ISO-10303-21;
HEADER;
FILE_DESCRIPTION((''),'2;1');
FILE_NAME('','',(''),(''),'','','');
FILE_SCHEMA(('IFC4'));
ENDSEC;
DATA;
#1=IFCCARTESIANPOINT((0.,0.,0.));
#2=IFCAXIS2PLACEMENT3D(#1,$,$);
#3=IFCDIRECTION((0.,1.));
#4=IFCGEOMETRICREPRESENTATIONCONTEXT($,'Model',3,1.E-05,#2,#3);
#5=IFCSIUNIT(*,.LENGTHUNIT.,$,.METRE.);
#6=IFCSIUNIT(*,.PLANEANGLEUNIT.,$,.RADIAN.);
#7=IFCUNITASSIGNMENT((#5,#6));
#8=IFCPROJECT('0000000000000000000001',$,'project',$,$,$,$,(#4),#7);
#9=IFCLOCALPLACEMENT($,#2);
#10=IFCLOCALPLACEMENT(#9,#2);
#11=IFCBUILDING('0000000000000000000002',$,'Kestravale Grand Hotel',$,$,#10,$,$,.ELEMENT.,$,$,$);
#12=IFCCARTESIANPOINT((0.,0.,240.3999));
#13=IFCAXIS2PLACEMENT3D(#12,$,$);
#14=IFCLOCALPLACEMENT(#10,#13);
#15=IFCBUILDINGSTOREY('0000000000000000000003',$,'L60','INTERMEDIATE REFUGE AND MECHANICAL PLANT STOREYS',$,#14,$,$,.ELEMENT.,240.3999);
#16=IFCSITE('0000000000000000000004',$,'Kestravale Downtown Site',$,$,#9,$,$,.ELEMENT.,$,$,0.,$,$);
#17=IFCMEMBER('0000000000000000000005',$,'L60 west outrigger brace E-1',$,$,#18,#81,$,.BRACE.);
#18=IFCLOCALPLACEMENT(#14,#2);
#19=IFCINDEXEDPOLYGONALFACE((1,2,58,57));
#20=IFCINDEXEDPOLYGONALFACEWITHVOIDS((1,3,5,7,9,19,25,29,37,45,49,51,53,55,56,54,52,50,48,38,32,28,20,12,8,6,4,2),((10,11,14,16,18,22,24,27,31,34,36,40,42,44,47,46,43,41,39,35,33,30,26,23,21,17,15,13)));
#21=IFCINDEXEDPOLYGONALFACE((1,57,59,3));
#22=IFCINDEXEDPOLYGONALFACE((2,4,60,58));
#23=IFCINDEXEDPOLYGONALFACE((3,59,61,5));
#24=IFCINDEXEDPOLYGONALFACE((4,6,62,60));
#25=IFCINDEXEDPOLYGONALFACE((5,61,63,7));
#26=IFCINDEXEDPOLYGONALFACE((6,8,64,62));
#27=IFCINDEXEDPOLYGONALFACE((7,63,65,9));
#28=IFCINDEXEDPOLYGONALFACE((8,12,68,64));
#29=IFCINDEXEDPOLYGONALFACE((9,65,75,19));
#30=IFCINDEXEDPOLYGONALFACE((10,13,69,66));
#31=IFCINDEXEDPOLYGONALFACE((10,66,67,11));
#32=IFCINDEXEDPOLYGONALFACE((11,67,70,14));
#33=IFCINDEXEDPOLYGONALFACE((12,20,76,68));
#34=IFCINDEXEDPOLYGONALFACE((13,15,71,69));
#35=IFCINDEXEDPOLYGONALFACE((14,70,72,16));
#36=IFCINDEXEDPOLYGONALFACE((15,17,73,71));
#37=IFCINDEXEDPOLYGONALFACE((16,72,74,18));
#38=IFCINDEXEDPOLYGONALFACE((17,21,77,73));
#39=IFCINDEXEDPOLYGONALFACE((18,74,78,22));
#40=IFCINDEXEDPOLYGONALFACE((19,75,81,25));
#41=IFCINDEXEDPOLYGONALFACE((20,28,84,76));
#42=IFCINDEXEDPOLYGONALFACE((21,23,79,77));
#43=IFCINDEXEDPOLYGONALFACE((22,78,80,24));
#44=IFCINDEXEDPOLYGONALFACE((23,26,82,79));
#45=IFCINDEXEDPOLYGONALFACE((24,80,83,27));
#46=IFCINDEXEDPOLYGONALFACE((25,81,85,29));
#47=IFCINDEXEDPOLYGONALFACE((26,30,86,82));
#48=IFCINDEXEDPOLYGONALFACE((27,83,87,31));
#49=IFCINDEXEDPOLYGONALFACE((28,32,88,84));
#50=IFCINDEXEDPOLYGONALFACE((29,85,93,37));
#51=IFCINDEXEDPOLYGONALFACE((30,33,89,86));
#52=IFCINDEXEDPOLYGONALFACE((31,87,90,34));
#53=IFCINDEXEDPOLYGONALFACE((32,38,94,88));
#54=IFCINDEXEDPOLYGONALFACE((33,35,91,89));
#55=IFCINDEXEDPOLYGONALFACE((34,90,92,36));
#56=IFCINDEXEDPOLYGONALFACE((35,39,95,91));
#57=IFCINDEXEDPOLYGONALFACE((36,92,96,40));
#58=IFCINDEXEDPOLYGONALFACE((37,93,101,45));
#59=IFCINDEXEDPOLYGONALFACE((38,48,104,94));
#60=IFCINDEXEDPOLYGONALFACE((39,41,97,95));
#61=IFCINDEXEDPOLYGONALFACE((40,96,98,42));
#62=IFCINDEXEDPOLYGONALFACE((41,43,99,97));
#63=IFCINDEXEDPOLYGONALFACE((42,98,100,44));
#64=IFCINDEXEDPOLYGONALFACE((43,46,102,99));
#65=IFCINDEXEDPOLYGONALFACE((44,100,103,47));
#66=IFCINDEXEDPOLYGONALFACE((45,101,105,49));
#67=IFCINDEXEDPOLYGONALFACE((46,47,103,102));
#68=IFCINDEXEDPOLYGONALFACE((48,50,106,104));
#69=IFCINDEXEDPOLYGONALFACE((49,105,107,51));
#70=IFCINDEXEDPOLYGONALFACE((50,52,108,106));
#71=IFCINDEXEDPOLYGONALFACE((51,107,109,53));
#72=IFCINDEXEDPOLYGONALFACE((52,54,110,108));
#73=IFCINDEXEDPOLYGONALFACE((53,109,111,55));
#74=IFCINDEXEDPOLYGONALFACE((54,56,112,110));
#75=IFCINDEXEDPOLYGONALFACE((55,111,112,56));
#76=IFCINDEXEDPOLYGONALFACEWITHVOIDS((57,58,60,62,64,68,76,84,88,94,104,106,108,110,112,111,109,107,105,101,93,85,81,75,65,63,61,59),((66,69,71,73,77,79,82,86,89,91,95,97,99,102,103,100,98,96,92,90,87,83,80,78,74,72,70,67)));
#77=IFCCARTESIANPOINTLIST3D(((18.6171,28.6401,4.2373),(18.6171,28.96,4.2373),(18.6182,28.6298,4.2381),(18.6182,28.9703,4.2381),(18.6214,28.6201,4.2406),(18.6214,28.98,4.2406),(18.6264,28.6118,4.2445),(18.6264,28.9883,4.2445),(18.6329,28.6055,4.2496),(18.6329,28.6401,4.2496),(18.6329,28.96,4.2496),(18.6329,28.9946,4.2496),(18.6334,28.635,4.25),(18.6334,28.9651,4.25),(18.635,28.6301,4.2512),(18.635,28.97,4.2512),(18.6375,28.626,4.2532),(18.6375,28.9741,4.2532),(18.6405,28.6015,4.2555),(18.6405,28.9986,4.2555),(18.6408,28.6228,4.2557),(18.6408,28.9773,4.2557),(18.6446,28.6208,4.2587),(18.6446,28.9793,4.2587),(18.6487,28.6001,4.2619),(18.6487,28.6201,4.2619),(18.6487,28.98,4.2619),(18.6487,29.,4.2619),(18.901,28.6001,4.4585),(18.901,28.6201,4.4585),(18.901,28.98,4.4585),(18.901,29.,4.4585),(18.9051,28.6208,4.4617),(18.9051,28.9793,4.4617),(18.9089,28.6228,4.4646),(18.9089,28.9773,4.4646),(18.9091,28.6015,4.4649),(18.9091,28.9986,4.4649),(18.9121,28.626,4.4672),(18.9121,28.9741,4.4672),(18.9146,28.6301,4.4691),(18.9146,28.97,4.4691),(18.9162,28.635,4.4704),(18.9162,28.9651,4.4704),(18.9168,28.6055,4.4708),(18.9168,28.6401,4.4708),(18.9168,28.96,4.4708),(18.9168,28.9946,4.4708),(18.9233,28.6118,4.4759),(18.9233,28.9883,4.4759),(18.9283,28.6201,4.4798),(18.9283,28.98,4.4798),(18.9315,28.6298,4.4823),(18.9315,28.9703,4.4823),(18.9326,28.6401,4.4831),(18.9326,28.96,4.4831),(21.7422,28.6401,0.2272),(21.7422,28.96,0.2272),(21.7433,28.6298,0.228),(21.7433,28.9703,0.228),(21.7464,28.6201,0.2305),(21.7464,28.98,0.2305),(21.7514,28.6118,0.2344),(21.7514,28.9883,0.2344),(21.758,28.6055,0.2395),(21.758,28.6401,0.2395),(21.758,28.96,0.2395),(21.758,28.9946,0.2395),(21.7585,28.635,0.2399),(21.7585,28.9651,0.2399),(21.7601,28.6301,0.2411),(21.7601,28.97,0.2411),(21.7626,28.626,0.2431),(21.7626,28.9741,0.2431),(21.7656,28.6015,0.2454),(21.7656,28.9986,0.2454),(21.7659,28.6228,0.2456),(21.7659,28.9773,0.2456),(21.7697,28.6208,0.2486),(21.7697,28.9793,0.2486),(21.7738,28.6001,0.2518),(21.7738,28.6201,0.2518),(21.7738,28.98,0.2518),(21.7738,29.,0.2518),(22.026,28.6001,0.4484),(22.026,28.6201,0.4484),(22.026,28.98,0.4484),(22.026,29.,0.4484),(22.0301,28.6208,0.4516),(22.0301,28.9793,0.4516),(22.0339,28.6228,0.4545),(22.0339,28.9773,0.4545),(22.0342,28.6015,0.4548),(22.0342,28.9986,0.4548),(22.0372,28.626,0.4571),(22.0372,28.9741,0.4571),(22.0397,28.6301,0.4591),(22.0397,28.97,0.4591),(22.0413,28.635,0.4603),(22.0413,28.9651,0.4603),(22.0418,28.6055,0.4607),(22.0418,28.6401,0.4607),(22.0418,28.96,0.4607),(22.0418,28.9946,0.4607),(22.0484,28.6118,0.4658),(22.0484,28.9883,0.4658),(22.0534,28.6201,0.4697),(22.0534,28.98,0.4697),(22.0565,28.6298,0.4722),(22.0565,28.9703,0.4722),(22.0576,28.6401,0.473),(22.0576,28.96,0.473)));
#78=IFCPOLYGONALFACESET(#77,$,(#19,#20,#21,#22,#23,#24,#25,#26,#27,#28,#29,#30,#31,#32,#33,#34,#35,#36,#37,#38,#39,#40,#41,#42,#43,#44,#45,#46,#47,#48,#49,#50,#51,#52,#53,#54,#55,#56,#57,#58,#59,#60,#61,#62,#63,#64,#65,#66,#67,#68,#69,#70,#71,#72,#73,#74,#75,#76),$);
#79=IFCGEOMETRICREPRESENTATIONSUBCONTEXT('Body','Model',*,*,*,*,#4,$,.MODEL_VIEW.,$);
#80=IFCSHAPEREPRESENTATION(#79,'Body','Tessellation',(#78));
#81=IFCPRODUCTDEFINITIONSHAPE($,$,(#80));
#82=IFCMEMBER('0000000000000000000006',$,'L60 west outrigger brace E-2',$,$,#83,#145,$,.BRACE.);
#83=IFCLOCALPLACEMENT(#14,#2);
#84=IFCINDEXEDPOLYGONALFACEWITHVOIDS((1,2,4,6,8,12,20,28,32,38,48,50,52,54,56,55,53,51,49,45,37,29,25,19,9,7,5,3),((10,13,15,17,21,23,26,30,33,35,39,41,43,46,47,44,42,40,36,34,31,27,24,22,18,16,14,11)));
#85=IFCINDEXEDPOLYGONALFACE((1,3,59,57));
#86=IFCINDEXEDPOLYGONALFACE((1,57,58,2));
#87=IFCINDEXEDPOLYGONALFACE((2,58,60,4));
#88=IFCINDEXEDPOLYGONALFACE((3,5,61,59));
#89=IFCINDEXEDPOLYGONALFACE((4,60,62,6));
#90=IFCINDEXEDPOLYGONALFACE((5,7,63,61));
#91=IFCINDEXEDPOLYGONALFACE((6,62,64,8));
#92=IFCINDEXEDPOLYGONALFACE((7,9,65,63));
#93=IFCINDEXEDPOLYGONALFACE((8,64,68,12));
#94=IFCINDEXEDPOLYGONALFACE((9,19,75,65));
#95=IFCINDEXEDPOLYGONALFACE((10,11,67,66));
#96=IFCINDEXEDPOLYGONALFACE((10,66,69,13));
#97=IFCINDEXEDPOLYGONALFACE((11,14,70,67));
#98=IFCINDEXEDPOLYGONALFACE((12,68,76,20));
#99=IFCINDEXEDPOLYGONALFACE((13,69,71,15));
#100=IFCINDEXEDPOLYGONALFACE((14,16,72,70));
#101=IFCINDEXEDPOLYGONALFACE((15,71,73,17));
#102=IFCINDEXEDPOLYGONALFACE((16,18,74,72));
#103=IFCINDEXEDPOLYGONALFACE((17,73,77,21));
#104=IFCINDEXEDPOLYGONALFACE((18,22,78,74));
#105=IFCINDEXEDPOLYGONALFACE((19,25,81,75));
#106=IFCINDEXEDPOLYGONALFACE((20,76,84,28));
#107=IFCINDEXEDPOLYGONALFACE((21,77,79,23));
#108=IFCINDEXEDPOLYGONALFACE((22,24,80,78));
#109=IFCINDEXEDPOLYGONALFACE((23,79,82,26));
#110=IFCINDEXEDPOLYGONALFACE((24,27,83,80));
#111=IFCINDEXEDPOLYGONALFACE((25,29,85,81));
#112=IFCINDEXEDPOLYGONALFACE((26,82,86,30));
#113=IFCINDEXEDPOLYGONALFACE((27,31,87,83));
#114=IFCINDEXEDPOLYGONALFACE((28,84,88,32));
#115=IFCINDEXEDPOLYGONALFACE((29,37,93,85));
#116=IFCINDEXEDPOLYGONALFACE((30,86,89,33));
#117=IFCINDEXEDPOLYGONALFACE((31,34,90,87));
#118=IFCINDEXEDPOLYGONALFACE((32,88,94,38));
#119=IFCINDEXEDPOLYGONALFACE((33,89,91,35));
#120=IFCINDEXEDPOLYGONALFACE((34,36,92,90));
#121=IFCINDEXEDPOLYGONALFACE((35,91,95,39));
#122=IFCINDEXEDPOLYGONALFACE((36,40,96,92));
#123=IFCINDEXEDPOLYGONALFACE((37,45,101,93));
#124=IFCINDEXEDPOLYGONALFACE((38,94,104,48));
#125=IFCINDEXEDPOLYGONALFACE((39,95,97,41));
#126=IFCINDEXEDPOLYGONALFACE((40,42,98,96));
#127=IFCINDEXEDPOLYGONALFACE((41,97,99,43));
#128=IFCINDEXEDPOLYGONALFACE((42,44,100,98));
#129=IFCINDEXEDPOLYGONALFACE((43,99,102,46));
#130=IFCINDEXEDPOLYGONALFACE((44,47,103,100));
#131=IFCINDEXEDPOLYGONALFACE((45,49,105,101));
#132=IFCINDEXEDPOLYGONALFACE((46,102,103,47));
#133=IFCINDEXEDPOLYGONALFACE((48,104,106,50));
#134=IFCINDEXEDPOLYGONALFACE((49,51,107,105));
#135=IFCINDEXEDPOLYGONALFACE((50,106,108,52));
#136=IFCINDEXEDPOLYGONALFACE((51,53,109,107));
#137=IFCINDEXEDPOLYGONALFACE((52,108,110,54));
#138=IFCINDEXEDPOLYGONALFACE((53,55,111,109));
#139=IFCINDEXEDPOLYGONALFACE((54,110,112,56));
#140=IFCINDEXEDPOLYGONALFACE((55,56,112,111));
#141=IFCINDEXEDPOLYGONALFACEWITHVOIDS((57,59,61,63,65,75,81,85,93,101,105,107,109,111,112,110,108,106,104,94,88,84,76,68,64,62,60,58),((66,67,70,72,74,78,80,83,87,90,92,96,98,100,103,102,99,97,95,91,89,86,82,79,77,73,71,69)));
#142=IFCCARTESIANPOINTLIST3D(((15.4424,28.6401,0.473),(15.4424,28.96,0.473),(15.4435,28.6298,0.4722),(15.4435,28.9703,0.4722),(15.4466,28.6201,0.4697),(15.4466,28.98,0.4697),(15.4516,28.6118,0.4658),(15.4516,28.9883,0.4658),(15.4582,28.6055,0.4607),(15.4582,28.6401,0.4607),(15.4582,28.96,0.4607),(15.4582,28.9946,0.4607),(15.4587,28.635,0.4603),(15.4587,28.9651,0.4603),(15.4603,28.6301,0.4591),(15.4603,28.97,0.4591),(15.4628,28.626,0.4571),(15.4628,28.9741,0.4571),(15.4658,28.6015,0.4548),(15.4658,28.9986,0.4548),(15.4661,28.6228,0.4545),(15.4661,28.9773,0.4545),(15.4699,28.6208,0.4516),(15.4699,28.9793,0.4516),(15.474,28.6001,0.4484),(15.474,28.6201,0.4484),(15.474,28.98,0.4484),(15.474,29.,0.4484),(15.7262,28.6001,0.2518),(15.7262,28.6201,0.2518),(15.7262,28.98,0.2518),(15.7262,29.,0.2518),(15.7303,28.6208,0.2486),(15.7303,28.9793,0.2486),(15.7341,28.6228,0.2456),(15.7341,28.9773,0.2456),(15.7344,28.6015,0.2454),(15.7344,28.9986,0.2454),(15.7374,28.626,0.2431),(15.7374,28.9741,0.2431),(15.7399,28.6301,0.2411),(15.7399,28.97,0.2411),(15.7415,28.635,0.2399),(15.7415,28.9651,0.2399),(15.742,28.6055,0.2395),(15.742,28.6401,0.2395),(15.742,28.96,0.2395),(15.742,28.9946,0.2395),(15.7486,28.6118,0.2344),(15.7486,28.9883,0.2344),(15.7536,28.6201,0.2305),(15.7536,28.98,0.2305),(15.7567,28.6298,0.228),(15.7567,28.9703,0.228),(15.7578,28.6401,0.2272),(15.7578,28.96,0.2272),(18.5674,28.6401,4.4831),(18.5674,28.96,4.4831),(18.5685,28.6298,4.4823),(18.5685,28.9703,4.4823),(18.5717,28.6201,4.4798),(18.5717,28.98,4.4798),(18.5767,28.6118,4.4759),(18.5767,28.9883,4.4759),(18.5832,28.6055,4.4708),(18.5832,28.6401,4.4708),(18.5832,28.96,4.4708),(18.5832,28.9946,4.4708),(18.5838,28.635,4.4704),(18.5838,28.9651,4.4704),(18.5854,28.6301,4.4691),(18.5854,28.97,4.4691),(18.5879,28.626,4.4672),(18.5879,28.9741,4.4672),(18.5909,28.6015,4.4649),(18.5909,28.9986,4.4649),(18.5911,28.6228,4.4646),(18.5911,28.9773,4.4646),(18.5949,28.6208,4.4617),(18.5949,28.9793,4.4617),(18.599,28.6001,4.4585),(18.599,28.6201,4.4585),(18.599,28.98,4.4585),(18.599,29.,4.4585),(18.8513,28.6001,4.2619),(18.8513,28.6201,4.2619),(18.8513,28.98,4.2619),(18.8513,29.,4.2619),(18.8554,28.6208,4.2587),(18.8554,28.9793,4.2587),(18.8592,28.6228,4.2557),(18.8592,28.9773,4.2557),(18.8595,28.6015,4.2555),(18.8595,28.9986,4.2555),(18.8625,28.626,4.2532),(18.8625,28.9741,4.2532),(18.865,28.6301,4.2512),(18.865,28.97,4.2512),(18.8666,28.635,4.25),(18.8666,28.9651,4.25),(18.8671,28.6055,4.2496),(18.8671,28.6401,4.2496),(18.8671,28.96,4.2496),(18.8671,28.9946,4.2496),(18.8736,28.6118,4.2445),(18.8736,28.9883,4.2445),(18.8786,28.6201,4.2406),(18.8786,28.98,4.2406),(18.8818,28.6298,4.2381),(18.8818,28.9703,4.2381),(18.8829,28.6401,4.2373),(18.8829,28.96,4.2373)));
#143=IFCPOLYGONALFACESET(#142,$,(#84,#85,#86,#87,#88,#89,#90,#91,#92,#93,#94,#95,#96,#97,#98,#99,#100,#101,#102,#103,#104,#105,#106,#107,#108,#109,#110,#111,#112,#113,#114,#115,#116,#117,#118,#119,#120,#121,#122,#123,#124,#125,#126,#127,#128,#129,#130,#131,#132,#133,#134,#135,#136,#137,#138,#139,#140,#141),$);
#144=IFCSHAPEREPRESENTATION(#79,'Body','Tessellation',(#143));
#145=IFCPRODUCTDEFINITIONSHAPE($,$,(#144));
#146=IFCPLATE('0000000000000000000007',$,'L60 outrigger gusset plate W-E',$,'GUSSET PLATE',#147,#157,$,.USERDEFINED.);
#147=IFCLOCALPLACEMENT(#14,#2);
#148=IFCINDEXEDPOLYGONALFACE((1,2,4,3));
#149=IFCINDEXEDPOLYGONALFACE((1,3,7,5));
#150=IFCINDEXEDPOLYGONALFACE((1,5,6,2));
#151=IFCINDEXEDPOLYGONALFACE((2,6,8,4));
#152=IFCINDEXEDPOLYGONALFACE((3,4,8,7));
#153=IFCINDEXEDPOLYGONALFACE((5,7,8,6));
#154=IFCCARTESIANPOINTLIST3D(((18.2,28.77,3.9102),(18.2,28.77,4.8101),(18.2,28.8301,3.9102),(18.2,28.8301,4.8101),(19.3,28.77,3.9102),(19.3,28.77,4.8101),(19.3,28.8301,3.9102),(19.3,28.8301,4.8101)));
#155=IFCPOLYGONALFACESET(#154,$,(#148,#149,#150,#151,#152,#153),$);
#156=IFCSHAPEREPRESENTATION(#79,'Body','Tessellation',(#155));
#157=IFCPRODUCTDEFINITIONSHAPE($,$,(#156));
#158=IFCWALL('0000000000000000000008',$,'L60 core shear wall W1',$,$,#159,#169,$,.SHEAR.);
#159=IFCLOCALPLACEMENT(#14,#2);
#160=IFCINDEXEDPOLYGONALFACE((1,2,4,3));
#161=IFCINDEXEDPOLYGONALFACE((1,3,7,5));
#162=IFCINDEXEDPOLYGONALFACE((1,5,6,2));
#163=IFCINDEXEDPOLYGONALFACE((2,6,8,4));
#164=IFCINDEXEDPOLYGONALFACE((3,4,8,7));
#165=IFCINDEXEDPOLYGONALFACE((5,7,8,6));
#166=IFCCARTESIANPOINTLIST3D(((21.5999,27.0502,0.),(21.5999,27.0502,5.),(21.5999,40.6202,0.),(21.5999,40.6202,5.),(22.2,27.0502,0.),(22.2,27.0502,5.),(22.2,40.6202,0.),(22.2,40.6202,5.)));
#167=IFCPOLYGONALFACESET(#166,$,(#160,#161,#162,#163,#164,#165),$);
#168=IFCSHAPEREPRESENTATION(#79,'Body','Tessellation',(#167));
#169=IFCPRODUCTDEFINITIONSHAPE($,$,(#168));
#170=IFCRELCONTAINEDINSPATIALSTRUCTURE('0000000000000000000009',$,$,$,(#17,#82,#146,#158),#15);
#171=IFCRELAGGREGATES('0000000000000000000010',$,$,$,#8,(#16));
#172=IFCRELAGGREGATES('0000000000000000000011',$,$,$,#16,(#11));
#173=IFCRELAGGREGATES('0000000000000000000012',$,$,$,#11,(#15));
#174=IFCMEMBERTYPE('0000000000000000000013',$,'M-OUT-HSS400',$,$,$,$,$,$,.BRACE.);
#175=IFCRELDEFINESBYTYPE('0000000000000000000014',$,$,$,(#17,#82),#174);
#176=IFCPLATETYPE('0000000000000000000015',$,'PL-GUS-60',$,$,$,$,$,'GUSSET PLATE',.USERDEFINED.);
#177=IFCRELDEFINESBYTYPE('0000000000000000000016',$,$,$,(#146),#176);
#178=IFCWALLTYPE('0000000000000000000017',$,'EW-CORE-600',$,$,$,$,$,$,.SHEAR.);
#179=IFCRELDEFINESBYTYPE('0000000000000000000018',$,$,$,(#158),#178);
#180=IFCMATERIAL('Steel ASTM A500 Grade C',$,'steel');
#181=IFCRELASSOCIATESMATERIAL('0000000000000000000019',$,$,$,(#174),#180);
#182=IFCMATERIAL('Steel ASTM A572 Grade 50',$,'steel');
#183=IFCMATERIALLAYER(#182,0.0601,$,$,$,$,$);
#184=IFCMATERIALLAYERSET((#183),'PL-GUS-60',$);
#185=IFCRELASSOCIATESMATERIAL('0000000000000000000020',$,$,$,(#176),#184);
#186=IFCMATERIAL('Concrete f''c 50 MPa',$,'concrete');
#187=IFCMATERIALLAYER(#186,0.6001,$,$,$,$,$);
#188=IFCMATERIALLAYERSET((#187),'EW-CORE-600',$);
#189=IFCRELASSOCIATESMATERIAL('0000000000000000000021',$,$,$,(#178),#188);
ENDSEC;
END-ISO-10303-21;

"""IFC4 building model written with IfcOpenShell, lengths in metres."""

from ifc_helpers import new_model, si_unit, direction, frame, frame_2d, origin, origin_2d, place, context, subcontext, project, spatial, rectangle, hollow_rectangle, extrude, material, layer, layer_set, material_profile, profile_set, type_object, element, save


model = new_model("IFC4")

# Units and contexts
model_context = context("Model", 3, precision=1e-05, world=origin(), true_north=direction((0.0, 1.0)))
body_context = subcontext(model_context, "Body", "Model", "MODEL_VIEW")
ifc_project = project(units=[si_unit("LENGTHUNIT", "METRE"), si_unit("PLANEANGLEUNIT", "RADIAN")], contexts=[model_context])

# Site, building, storey
site_placement = place(None, origin())
site = spatial("IfcSite", under=ifc_project, at=site_placement, Name="Kestravale Downtown Site", CompositionType="ELEMENT", RefElevation=0.0)
building_placement = place(site_placement, origin())
building = spatial("IfcBuilding", under=site, at=building_placement, Name="Kestravale Grand Hotel", CompositionType="ELEMENT")
storey_placement = place(building_placement, frame((0.0, 0.0, 240.3999)))
storey = spatial("IfcBuildingStorey", under=building, at=storey_placement, Name="L60", Description="INTERMEDIATE REFUGE AND MECHANICAL PLANT STOREYS", CompositionType="ELEMENT", Elevation=240.3999)

# Members
ifc_material_1 = material(Name="Steel ASTM A500 Grade C", Category="steel")
ifc_material_profile_1 = material_profile(ifc_material_1, hollow_rectangle(XDim=0.3999, YDim=0.3999, WallThickness=0.02, InnerFilletRadius=0.02, OuterFilletRadius=0.04, at=origin_2d()))
ifc_profile_set_1 = profile_set([ifc_material_profile_1], Name="Steel ASTM A500 Grade C")
member_type_1 = type_object("IfcMemberType", Name="M-OUT-HSS400", PredefinedType="BRACE", material=ifc_profile_set_1)
for number, where, z_axis, x_axis, name in (
    (1, (21.8999, 28.8, 0.3501), (-0.614688, 0.0, 0.78877), (0.0, -1.0, 0.0), "L60 west outrigger brace E-1"),
    (2, (15.6001, 28.8, 0.3501), (0.614688, 0.0, 0.78877), (0.0, 1.0, 0.0), "L60 west outrigger brace E-2"),
):
    element("IfcMember", number, at=place(storey_placement, frame(where, z_axis=z_axis, x_axis=x_axis)), inside=storey, type_object=member_type_1, Name=name, PredefinedType="BRACE", context=body_context, shape_type="SweptSolid", body=[
        extrude(hollow_rectangle(XDim=0.3999, YDim=0.3999, WallThickness=0.02, InnerFilletRadius=0.02, OuterFilletRadius=0.04, at=origin_2d()), origin(), (0.0, 0.0, 1.0), 5.084),
    ])

# Plate
ifc_material_2 = material(Name="Steel ASTM A572 Grade 50", Category="steel")
ifc_layer_1 = layer(ifc_material_2, 0.0601)
ifc_layer_set_1 = layer_set([ifc_layer_1], Name="PL-GUS-60")
plate_type = type_object("IfcPlateType", Name="PL-GUS-60", ElementType="GUSSET PLATE", PredefinedType="USERDEFINED", material=ifc_layer_set_1)
plate_placement = place(storey_placement, frame((18.75, 28.8, 3.9102), z_axis=(0.0, 0.0, 1.0), x_axis=(1.0, 0.0, 0.0)))
element("IfcPlate", 3, at=plate_placement, inside=storey, type_object=plate_type, Name="L60 outrigger gusset plate W-E", ObjectType="GUSSET PLATE", PredefinedType="USERDEFINED", context=body_context, shape_type="SweptSolid", body=[
    extrude(rectangle(XDim=1.1001, YDim=0.0601, at=origin_2d()), origin(), (0.0, 0.0, 1.0), 0.8999),
])

# Wall
ifc_material_3 = material(Name="Concrete f'c 50 MPa", Category="concrete")
ifc_layer_2 = layer(ifc_material_3, 0.6001)
ifc_layer_set_2 = layer_set([ifc_layer_2], Name="EW-CORE-600")
wall_type_1 = type_object("IfcWallType", Name="EW-CORE-600", PredefinedType="SHEAR", material=ifc_layer_set_2)
wall_1_placement = place(storey_placement, frame((21.8999, 27.05, 0.0), z_axis=(0.0, 0.0, 1.0), x_axis=(0.0, 1.0, 0.0)))
element("IfcWall", 4, at=wall_1_placement, inside=storey, type_object=wall_type_1, Name="L60 core shear wall W1", PredefinedType="SHEAR", context=body_context, shape_type="SweptSolid", body=[
    extrude(rectangle(XDim=13.5701, YDim=0.6001, at=frame_2d((6.7852, 0.0))), origin(), (0.0, 0.0, 1.0), 5.0),
])

save(model, "model.ifc")
